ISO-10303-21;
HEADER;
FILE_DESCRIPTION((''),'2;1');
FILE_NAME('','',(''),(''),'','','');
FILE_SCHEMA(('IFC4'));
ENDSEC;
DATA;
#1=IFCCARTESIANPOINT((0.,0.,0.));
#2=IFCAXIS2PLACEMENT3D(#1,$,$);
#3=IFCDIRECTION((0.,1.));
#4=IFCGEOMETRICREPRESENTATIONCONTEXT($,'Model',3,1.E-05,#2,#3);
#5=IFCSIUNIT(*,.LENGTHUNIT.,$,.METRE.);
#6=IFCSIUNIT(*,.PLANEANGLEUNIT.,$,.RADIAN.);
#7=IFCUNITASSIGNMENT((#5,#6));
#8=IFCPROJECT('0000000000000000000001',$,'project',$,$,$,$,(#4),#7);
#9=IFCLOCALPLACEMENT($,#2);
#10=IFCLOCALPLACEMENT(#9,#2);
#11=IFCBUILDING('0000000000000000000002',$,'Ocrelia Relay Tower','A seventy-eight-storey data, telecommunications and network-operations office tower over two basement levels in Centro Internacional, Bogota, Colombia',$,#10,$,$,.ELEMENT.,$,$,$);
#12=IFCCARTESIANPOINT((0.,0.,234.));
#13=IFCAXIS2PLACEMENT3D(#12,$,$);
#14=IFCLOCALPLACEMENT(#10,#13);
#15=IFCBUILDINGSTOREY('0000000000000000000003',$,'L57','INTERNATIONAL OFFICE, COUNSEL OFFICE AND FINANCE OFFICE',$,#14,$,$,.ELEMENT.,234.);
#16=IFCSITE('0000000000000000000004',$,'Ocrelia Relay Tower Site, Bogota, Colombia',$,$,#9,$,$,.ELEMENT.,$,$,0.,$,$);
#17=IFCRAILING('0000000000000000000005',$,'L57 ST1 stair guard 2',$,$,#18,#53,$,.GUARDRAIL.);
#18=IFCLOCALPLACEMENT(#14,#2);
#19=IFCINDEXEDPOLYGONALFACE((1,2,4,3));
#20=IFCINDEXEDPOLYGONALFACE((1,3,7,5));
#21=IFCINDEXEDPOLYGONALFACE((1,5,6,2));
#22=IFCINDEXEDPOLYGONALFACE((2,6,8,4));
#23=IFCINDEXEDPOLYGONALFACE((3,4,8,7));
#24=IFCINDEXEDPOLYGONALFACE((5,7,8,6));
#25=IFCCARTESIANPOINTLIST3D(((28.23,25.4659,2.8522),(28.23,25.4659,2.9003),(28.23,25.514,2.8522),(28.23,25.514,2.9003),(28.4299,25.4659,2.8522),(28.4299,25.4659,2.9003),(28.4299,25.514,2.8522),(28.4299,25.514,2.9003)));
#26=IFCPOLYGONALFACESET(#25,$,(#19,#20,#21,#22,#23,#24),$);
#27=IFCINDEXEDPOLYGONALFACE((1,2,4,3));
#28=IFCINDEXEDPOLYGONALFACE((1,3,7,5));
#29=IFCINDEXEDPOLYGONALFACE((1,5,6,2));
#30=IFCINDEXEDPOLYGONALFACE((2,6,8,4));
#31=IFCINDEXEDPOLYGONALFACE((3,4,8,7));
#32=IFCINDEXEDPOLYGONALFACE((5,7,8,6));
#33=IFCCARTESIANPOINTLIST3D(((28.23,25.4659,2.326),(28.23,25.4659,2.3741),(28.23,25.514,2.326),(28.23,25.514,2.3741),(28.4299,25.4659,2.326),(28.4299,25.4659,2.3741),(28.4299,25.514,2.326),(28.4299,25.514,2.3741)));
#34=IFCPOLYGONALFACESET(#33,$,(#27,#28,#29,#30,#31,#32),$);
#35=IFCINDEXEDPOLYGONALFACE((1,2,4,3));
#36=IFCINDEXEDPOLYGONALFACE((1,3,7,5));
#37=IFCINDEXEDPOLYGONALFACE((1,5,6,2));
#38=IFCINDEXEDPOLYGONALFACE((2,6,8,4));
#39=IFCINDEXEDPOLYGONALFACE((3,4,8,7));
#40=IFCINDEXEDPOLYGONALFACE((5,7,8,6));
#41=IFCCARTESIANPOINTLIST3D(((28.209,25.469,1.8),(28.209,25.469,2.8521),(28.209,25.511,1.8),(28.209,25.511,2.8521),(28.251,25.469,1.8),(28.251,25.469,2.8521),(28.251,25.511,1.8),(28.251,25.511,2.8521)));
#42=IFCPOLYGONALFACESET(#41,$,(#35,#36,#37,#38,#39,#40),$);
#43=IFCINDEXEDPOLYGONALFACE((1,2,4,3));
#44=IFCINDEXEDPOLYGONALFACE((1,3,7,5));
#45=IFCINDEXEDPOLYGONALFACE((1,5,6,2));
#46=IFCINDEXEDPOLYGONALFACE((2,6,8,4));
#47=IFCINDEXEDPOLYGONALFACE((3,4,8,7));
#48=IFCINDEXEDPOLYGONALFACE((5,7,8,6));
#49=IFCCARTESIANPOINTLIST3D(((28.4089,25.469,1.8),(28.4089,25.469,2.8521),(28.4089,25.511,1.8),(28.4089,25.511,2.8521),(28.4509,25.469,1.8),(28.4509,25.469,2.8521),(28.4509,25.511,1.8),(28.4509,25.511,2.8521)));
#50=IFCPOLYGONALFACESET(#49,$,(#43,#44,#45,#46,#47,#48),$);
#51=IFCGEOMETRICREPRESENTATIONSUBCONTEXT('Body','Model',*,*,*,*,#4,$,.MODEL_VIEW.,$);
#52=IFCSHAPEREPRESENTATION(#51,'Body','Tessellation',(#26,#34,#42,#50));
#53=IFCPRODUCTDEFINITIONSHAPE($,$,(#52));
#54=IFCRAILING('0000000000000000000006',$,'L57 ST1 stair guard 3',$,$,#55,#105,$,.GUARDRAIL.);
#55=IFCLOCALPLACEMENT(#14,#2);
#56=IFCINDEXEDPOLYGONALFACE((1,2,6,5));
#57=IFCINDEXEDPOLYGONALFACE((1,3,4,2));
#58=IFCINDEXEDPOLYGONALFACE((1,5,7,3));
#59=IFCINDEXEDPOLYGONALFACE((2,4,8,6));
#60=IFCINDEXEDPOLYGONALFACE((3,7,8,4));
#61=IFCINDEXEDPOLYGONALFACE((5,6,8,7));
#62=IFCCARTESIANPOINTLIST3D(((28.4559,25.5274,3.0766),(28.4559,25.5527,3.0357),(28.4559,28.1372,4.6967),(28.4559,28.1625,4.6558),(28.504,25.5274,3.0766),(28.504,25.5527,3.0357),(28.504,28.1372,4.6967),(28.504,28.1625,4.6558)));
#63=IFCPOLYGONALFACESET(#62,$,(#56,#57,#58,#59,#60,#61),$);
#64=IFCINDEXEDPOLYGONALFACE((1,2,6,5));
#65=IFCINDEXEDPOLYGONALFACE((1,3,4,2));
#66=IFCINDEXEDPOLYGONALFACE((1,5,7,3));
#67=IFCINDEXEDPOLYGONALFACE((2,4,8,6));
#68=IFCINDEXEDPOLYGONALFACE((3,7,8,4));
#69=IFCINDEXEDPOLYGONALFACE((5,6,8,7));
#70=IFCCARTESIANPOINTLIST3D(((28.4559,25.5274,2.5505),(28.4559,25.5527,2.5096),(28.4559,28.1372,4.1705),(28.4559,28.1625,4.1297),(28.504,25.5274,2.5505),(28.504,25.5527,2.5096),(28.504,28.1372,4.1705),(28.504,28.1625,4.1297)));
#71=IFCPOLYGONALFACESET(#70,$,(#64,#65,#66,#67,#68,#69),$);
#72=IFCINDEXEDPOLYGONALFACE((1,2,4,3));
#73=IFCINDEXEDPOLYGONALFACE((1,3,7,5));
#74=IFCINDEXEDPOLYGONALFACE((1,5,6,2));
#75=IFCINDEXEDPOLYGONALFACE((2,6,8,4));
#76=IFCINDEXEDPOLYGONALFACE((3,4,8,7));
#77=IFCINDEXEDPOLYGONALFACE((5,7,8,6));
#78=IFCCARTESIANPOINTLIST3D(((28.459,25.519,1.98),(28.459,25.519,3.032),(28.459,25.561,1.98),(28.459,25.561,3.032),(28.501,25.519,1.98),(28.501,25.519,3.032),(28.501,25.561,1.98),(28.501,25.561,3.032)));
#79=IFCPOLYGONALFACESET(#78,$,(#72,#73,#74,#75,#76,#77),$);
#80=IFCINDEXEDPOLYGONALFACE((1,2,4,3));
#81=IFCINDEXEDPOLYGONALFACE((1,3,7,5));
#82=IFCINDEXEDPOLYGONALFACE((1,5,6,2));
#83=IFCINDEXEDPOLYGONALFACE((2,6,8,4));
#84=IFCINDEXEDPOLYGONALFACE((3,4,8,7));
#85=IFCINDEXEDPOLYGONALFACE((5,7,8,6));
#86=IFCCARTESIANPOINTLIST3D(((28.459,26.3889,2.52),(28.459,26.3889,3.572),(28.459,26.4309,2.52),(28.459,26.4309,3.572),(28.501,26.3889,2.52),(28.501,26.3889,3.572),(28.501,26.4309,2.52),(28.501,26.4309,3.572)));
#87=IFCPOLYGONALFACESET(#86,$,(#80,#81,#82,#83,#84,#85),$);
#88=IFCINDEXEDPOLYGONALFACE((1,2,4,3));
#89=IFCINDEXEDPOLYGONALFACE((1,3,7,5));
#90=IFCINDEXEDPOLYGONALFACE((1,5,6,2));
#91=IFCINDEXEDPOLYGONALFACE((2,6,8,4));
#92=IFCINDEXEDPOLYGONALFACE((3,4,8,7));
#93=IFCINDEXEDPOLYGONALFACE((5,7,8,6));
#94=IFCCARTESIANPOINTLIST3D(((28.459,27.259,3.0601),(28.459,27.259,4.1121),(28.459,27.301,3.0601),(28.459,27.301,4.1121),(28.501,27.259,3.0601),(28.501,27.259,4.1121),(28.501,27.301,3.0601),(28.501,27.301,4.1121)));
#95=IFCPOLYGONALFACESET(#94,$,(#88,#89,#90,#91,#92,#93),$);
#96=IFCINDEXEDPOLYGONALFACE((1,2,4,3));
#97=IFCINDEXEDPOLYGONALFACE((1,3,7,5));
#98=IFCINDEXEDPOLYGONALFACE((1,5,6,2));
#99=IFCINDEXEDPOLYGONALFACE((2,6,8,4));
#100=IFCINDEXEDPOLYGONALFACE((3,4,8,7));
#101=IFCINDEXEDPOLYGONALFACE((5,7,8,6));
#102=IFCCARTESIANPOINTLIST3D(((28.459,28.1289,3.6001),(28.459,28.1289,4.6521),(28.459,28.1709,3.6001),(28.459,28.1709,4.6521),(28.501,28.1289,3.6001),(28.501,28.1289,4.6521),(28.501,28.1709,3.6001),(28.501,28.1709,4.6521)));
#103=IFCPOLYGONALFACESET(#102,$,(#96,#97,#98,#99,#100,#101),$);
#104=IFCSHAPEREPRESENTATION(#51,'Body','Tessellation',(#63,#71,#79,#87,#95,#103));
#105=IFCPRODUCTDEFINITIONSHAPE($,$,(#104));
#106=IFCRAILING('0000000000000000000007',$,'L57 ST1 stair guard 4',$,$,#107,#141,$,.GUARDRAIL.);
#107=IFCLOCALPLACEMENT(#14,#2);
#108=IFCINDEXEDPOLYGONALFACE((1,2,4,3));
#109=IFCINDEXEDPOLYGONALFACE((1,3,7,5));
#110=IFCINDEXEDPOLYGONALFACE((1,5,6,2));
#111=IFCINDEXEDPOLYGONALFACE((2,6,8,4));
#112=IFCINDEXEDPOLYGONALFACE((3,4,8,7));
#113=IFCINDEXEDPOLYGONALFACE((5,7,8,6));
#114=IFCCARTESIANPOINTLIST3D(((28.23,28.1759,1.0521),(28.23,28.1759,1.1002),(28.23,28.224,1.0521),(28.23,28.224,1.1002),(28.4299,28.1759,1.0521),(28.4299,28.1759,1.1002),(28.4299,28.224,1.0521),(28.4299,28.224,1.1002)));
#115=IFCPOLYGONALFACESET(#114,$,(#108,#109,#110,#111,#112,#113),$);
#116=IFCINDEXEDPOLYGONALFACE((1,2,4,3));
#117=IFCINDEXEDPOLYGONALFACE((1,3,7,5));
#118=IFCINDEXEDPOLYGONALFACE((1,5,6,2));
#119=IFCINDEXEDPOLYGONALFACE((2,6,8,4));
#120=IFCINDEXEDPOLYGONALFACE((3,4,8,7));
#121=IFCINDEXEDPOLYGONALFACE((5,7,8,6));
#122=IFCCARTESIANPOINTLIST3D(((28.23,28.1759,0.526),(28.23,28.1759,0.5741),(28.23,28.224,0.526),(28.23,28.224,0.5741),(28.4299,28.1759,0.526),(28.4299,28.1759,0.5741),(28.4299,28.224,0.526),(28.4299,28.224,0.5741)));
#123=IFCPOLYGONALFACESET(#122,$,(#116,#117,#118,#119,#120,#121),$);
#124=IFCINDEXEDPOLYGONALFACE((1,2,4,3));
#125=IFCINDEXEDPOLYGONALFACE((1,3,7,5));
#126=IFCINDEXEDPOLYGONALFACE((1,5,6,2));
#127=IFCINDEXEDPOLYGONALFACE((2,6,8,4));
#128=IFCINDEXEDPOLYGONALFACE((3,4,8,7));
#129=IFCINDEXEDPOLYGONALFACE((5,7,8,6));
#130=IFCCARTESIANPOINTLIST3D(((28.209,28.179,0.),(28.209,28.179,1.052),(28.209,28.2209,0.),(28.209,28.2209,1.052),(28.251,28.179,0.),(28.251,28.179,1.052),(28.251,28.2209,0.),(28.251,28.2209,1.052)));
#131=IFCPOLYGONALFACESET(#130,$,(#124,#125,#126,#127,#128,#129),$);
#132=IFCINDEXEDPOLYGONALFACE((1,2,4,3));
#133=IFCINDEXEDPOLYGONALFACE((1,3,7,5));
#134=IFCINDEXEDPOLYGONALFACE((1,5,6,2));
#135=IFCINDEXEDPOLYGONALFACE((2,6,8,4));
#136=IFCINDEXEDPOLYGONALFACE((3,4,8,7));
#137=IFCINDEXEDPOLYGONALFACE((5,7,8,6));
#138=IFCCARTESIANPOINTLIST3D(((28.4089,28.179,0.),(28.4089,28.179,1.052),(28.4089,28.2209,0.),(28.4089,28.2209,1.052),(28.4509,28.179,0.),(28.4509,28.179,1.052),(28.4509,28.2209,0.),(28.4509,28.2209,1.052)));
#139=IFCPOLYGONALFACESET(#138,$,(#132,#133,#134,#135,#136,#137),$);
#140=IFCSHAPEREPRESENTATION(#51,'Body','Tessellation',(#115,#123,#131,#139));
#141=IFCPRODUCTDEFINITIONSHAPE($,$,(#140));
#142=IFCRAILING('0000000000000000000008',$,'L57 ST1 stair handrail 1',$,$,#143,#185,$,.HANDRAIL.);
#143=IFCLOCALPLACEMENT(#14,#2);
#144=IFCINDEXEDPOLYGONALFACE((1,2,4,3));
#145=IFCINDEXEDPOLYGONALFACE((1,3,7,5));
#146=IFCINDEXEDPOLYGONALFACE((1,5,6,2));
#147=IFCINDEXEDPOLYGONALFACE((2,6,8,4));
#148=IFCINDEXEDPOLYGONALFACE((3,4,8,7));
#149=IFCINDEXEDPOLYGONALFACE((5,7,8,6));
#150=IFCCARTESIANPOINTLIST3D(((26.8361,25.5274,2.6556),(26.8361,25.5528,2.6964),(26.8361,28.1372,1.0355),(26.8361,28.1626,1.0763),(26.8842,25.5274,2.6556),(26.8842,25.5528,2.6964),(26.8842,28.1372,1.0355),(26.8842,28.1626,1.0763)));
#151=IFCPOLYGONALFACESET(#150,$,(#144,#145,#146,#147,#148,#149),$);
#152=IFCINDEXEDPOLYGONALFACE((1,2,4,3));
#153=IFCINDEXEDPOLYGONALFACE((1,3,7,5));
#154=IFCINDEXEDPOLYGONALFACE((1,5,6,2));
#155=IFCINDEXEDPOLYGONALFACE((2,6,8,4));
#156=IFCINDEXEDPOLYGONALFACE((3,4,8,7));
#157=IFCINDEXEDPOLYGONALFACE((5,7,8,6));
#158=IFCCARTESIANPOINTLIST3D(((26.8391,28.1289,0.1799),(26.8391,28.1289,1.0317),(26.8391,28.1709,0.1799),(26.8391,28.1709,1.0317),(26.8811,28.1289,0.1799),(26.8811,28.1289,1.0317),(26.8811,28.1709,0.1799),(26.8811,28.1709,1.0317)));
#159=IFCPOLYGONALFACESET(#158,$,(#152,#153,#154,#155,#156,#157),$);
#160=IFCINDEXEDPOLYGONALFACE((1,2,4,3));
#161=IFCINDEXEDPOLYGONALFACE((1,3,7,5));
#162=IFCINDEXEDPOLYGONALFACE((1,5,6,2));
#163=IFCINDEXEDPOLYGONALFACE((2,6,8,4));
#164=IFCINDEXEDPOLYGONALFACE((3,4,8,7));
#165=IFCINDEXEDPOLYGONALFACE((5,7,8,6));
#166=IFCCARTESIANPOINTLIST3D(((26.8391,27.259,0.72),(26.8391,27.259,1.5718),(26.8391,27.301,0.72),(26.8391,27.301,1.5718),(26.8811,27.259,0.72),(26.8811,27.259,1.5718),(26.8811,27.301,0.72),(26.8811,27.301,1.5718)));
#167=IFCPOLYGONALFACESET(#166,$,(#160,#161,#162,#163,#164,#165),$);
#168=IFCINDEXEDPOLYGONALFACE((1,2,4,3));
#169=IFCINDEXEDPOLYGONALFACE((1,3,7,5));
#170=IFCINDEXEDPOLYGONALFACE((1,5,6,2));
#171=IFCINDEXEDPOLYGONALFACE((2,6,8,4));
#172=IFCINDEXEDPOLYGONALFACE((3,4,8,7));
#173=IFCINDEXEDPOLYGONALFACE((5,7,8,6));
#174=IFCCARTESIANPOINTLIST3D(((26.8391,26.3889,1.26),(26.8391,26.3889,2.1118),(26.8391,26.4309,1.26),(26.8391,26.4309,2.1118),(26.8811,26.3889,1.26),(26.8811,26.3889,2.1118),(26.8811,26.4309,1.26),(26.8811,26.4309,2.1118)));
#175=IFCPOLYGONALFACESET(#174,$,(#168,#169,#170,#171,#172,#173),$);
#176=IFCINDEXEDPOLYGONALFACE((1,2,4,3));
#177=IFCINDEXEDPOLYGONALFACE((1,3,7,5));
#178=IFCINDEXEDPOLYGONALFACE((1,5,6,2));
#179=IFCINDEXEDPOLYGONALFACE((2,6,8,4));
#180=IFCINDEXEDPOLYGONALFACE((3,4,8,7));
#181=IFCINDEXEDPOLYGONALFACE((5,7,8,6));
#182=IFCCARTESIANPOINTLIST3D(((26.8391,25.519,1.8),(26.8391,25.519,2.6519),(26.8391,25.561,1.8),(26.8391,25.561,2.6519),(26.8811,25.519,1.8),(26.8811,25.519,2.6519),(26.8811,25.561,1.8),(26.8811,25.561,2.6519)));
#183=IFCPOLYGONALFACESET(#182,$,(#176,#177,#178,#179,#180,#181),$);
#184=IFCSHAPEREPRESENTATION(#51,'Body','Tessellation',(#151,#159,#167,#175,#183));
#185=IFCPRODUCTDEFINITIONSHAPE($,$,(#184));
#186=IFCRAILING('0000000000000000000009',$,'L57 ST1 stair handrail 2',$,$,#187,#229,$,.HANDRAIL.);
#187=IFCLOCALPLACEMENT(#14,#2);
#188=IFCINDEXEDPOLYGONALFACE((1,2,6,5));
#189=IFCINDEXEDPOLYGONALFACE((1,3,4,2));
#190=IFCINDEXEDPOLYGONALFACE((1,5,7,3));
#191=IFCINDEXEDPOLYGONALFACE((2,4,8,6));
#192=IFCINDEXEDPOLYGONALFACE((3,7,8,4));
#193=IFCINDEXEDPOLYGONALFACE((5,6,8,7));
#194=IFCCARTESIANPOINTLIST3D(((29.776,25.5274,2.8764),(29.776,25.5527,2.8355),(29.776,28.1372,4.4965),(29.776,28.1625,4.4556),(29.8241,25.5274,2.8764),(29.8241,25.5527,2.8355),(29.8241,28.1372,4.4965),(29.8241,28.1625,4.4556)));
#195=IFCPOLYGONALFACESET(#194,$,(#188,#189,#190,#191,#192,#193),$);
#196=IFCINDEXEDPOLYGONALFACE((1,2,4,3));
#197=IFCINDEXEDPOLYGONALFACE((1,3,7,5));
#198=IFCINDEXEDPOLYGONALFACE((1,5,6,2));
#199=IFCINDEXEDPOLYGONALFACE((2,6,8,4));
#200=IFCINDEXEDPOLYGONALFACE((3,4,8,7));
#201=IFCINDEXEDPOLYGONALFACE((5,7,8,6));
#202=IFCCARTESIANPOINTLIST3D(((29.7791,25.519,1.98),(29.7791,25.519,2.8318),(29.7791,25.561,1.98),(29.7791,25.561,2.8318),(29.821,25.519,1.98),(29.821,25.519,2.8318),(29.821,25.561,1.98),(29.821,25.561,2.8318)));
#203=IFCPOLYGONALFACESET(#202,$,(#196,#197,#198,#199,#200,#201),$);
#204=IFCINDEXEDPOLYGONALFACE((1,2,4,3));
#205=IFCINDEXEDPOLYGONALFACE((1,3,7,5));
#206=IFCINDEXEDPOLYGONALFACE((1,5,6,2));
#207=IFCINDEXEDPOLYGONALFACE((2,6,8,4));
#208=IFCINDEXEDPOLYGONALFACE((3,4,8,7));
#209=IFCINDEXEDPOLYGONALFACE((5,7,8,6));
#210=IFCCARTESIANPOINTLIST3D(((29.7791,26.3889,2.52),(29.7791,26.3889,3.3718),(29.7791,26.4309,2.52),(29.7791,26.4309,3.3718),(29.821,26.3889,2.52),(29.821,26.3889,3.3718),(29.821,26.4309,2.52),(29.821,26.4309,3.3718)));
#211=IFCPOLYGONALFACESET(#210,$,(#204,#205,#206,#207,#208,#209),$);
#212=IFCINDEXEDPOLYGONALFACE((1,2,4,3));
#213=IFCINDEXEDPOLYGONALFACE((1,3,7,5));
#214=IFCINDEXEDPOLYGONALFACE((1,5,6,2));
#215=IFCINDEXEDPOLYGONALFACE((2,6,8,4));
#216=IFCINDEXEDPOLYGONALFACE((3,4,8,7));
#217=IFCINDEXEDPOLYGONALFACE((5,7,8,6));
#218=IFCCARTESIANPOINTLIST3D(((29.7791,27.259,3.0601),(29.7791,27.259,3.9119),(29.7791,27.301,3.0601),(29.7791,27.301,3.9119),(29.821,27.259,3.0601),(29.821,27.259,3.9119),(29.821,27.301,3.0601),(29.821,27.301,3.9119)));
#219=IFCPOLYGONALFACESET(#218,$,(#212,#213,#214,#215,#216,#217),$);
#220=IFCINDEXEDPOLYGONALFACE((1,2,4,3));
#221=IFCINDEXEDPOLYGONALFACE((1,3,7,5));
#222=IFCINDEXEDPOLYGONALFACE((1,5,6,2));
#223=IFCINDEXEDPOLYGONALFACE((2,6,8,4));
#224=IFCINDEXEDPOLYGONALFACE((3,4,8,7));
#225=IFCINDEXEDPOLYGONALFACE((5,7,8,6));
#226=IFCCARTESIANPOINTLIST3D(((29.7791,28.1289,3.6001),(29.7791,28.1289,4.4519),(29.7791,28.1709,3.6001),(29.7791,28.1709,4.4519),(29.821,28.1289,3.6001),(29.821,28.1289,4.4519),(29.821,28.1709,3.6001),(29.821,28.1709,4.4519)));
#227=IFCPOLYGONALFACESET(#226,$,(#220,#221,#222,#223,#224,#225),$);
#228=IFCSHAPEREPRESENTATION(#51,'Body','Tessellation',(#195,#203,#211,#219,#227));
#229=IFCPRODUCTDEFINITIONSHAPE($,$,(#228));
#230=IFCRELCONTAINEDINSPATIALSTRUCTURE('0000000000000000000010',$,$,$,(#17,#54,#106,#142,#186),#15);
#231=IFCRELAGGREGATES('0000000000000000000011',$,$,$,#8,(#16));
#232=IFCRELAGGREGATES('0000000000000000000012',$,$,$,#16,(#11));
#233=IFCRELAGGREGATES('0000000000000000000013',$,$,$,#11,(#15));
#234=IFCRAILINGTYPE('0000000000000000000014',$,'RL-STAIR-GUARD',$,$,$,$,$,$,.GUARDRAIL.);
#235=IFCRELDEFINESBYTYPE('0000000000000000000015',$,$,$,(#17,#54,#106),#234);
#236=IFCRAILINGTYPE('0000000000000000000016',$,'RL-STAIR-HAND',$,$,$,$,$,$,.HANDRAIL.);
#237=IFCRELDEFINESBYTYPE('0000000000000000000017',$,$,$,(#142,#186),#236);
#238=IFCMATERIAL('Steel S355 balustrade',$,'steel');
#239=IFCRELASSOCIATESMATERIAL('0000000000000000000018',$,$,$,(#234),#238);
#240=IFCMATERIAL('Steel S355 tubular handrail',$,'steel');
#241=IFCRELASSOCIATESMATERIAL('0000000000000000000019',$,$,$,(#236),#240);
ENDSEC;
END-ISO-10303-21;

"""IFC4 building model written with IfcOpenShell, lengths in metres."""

from ifc_helpers import new_model, si_unit, direction, frame, origin, origin_2d, place, context, subcontext, project, spatial, rectangle, extrude, material, type_object, element, save


model = new_model("IFC4")

# Units and contexts
model_context = context("Model", 3, precision=1e-05, world=origin(), true_north=direction((0.0, 1.0)))
body_context = subcontext(model_context, "Body", "Model", "MODEL_VIEW")
ifc_project = project(units=[si_unit("LENGTHUNIT", "METRE"), si_unit("PLANEANGLEUNIT", "RADIAN")], contexts=[model_context])

# Site, building, storey
site_placement = place(None, origin())
site = spatial("IfcSite", under=ifc_project, at=site_placement, Name="Ocrelia Relay Tower Site, Bogota, Colombia", CompositionType="ELEMENT", RefElevation=0.0)
building_placement = place(site_placement, origin())
building = spatial("IfcBuilding", under=site, at=building_placement, Name="Ocrelia Relay Tower", Description="A seventy-eight-storey data, telecommunications and network-operations office tower over two basement levels in Centro Internacional, Bogota, Colombia", CompositionType="ELEMENT")
storey_placement = place(building_placement, frame((0.0, 0.0, 234.0)))
storey = spatial("IfcBuildingStorey", under=building, at=storey_placement, Name="L57", Description="INTERNATIONAL OFFICE, COUNSEL OFFICE AND FINANCE OFFICE", CompositionType="ELEMENT", Elevation=234.0)

# Railings
ifc_material_1 = material(Name="Steel S355 balustrade", Category="steel")
railing_type_1 = type_object("IfcRailingType", Name="RL-STAIR-GUARD", PredefinedType="GUARDRAIL", material=ifc_material_1)
railing_1_placement = place(storey_placement, frame((28.23, 25.49, 1.8)))
element("IfcRailing", 1, at=railing_1_placement, inside=storey, type_object=railing_type_1, Name="L57 ST1 stair guard 2", PredefinedType="GUARDRAIL", context=body_context, shape_type="SweptSolid", body=[
    extrude(rectangle(XDim=0.0481, YDim=0.0481, at=origin_2d()), frame((0.0, 0.0, 1.0762), z_axis=(1.0, 0.0, 0.0), x_axis=(0.0, 1.0, 0.0)), (0.0, 0.0, 1.0), 0.2),
    extrude(rectangle(XDim=0.0481, YDim=0.0481, at=origin_2d()), frame((0.0, 0.0, 0.55), z_axis=(1.0, 0.0, 0.0), x_axis=(0.0, 1.0, 0.0)), (0.0, 0.0, 1.0), 0.2),
    extrude(rectangle(XDim=0.042, YDim=0.042, at=origin_2d()), origin(), (0.0, 0.0, 1.0), 1.052),
    extrude(rectangle(XDim=0.042, YDim=0.042, at=origin_2d()), frame((0.2, 0.0, 0.0)), (0.0, 0.0, 1.0), 1.052),
])
railing_2_placement = place(storey_placement, frame((28.48, 25.54, 1.98)))
element("IfcRailing", 2, at=railing_2_placement, inside=storey, type_object=railing_type_1, Name="L57 ST1 stair guard 3", PredefinedType="GUARDRAIL", context=body_context, shape_type="SweptSolid", body=[
    extrude(rectangle(XDim=0.0481, YDim=0.0481, at=origin_2d()), frame((0.0, 0.0, 1.0762), z_axis=(0.0, 0.849611, 0.52741), x_axis=(-1.0, 0.0, 0.0)), (0.0, 0.0, 1.0), 3.0718),
    extrude(rectangle(XDim=0.0481, YDim=0.0481, at=origin_2d()), frame((0.0, 0.0, 0.55), z_axis=(0.0, 0.849611, 0.52741), x_axis=(-1.0, 0.0, 0.0)), (0.0, 0.0, 1.0), 3.0718),
    extrude(rectangle(XDim=0.042, YDim=0.042, at=origin_2d()), origin(), (0.0, 0.0, 1.0), 1.052),
    extrude(rectangle(XDim=0.042, YDim=0.042, at=origin_2d()), frame((0.0, 0.8699, 0.54)), (0.0, 0.0, 1.0), 1.052),
    extrude(rectangle(XDim=0.042, YDim=0.042, at=origin_2d()), frame((0.0, 1.74, 1.0801)), (0.0, 0.0, 1.0), 1.052),
    extrude(rectangle(XDim=0.042, YDim=0.042, at=origin_2d()), frame((0.0, 2.6099, 1.6201)), (0.0, 0.0, 1.0), 1.052),
])
railing_3_placement = place(storey_placement, frame((28.23, 28.2, 0.0)))
element("IfcRailing", 3, at=railing_3_placement, inside=storey, type_object=railing_type_1, Name="L57 ST1 stair guard 4", PredefinedType="GUARDRAIL", context=body_context, shape_type="SweptSolid", body=[
    extrude(rectangle(XDim=0.0481, YDim=0.0481, at=origin_2d()), frame((0.0, 0.0, 1.0762), z_axis=(1.0, 0.0, 0.0), x_axis=(0.0, 1.0, 0.0)), (0.0, 0.0, 1.0), 0.2),
    extrude(rectangle(XDim=0.0481, YDim=0.0481, at=origin_2d()), frame((0.0, 0.0, 0.55), z_axis=(1.0, 0.0, 0.0), x_axis=(0.0, 1.0, 0.0)), (0.0, 0.0, 1.0), 0.2),
    extrude(rectangle(XDim=0.042, YDim=0.042, at=origin_2d()), origin(), (0.0, 0.0, 1.0), 1.052),
    extrude(rectangle(XDim=0.042, YDim=0.042, at=origin_2d()), frame((0.2, 0.0, 0.0)), (0.0, 0.0, 1.0), 1.052),
])
ifc_material_2 = material(Name="Steel S355 tubular handrail", Category="steel")
railing_type_2 = type_object("IfcRailingType", Name="RL-STAIR-HAND", PredefinedType="HANDRAIL", material=ifc_material_2)
railing_4_placement = place(storey_placement, frame((26.8601, 28.1499, 0.1799)))
element("IfcRailing", 4, at=railing_4_placement, inside=storey, type_object=railing_type_2, Name="L57 ST1 stair handrail 1", PredefinedType="HANDRAIL", context=body_context, shape_type="SweptSolid", body=[
    extrude(rectangle(XDim=0.0481, YDim=0.0481, at=origin_2d()), frame((0.0, 0.0, 0.876), z_axis=(0.0, -0.849611, 0.52741), x_axis=(1.0, 0.0, 0.0)), (0.0, 0.0, 1.0), 3.0718),
    extrude(rectangle(XDim=0.042, YDim=0.042, at=origin_2d()), origin(), (0.0, 0.0, 1.0), 0.8518),
    extrude(rectangle(XDim=0.042, YDim=0.042, at=origin_2d()), frame((0.0, -0.8699, 0.54)), (0.0, 0.0, 1.0), 0.8518),
    extrude(rectangle(XDim=0.042, YDim=0.042, at=origin_2d()), frame((0.0, -1.74, 1.0801)), (0.0, 0.0, 1.0), 0.8518),
    extrude(rectangle(XDim=0.042, YDim=0.042, at=origin_2d()), frame((0.0, -2.6099, 1.6201)), (0.0, 0.0, 1.0), 0.8518),
])
railing_5_placement = place(storey_placement, frame((29.8, 25.54, 1.98)))
element("IfcRailing", 5, at=railing_5_placement, inside=storey, type_object=railing_type_2, Name="L57 ST1 stair handrail 2", PredefinedType="HANDRAIL", context=body_context, shape_type="SweptSolid", body=[
    extrude(rectangle(XDim=0.0481, YDim=0.0481, at=origin_2d()), frame((0.0, 0.0, 0.876), z_axis=(0.0, 0.849611, 0.52741), x_axis=(-1.0, 0.0, 0.0)), (0.0, 0.0, 1.0), 3.0718),
    extrude(rectangle(XDim=0.042, YDim=0.042, at=origin_2d()), origin(), (0.0, 0.0, 1.0), 0.8518),
    extrude(rectangle(XDim=0.042, YDim=0.042, at=origin_2d()), frame((0.0, 0.8699, 0.54)), (0.0, 0.0, 1.0), 0.8518),
    extrude(rectangle(XDim=0.042, YDim=0.042, at=origin_2d()), frame((0.0, 1.74, 1.0801)), (0.0, 0.0, 1.0), 0.8518),
    extrude(rectangle(XDim=0.042, YDim=0.042, at=origin_2d()), frame((0.0, 2.6099, 1.6201)), (0.0, 0.0, 1.0), 0.8518),
])

save(model, "model.ifc")
